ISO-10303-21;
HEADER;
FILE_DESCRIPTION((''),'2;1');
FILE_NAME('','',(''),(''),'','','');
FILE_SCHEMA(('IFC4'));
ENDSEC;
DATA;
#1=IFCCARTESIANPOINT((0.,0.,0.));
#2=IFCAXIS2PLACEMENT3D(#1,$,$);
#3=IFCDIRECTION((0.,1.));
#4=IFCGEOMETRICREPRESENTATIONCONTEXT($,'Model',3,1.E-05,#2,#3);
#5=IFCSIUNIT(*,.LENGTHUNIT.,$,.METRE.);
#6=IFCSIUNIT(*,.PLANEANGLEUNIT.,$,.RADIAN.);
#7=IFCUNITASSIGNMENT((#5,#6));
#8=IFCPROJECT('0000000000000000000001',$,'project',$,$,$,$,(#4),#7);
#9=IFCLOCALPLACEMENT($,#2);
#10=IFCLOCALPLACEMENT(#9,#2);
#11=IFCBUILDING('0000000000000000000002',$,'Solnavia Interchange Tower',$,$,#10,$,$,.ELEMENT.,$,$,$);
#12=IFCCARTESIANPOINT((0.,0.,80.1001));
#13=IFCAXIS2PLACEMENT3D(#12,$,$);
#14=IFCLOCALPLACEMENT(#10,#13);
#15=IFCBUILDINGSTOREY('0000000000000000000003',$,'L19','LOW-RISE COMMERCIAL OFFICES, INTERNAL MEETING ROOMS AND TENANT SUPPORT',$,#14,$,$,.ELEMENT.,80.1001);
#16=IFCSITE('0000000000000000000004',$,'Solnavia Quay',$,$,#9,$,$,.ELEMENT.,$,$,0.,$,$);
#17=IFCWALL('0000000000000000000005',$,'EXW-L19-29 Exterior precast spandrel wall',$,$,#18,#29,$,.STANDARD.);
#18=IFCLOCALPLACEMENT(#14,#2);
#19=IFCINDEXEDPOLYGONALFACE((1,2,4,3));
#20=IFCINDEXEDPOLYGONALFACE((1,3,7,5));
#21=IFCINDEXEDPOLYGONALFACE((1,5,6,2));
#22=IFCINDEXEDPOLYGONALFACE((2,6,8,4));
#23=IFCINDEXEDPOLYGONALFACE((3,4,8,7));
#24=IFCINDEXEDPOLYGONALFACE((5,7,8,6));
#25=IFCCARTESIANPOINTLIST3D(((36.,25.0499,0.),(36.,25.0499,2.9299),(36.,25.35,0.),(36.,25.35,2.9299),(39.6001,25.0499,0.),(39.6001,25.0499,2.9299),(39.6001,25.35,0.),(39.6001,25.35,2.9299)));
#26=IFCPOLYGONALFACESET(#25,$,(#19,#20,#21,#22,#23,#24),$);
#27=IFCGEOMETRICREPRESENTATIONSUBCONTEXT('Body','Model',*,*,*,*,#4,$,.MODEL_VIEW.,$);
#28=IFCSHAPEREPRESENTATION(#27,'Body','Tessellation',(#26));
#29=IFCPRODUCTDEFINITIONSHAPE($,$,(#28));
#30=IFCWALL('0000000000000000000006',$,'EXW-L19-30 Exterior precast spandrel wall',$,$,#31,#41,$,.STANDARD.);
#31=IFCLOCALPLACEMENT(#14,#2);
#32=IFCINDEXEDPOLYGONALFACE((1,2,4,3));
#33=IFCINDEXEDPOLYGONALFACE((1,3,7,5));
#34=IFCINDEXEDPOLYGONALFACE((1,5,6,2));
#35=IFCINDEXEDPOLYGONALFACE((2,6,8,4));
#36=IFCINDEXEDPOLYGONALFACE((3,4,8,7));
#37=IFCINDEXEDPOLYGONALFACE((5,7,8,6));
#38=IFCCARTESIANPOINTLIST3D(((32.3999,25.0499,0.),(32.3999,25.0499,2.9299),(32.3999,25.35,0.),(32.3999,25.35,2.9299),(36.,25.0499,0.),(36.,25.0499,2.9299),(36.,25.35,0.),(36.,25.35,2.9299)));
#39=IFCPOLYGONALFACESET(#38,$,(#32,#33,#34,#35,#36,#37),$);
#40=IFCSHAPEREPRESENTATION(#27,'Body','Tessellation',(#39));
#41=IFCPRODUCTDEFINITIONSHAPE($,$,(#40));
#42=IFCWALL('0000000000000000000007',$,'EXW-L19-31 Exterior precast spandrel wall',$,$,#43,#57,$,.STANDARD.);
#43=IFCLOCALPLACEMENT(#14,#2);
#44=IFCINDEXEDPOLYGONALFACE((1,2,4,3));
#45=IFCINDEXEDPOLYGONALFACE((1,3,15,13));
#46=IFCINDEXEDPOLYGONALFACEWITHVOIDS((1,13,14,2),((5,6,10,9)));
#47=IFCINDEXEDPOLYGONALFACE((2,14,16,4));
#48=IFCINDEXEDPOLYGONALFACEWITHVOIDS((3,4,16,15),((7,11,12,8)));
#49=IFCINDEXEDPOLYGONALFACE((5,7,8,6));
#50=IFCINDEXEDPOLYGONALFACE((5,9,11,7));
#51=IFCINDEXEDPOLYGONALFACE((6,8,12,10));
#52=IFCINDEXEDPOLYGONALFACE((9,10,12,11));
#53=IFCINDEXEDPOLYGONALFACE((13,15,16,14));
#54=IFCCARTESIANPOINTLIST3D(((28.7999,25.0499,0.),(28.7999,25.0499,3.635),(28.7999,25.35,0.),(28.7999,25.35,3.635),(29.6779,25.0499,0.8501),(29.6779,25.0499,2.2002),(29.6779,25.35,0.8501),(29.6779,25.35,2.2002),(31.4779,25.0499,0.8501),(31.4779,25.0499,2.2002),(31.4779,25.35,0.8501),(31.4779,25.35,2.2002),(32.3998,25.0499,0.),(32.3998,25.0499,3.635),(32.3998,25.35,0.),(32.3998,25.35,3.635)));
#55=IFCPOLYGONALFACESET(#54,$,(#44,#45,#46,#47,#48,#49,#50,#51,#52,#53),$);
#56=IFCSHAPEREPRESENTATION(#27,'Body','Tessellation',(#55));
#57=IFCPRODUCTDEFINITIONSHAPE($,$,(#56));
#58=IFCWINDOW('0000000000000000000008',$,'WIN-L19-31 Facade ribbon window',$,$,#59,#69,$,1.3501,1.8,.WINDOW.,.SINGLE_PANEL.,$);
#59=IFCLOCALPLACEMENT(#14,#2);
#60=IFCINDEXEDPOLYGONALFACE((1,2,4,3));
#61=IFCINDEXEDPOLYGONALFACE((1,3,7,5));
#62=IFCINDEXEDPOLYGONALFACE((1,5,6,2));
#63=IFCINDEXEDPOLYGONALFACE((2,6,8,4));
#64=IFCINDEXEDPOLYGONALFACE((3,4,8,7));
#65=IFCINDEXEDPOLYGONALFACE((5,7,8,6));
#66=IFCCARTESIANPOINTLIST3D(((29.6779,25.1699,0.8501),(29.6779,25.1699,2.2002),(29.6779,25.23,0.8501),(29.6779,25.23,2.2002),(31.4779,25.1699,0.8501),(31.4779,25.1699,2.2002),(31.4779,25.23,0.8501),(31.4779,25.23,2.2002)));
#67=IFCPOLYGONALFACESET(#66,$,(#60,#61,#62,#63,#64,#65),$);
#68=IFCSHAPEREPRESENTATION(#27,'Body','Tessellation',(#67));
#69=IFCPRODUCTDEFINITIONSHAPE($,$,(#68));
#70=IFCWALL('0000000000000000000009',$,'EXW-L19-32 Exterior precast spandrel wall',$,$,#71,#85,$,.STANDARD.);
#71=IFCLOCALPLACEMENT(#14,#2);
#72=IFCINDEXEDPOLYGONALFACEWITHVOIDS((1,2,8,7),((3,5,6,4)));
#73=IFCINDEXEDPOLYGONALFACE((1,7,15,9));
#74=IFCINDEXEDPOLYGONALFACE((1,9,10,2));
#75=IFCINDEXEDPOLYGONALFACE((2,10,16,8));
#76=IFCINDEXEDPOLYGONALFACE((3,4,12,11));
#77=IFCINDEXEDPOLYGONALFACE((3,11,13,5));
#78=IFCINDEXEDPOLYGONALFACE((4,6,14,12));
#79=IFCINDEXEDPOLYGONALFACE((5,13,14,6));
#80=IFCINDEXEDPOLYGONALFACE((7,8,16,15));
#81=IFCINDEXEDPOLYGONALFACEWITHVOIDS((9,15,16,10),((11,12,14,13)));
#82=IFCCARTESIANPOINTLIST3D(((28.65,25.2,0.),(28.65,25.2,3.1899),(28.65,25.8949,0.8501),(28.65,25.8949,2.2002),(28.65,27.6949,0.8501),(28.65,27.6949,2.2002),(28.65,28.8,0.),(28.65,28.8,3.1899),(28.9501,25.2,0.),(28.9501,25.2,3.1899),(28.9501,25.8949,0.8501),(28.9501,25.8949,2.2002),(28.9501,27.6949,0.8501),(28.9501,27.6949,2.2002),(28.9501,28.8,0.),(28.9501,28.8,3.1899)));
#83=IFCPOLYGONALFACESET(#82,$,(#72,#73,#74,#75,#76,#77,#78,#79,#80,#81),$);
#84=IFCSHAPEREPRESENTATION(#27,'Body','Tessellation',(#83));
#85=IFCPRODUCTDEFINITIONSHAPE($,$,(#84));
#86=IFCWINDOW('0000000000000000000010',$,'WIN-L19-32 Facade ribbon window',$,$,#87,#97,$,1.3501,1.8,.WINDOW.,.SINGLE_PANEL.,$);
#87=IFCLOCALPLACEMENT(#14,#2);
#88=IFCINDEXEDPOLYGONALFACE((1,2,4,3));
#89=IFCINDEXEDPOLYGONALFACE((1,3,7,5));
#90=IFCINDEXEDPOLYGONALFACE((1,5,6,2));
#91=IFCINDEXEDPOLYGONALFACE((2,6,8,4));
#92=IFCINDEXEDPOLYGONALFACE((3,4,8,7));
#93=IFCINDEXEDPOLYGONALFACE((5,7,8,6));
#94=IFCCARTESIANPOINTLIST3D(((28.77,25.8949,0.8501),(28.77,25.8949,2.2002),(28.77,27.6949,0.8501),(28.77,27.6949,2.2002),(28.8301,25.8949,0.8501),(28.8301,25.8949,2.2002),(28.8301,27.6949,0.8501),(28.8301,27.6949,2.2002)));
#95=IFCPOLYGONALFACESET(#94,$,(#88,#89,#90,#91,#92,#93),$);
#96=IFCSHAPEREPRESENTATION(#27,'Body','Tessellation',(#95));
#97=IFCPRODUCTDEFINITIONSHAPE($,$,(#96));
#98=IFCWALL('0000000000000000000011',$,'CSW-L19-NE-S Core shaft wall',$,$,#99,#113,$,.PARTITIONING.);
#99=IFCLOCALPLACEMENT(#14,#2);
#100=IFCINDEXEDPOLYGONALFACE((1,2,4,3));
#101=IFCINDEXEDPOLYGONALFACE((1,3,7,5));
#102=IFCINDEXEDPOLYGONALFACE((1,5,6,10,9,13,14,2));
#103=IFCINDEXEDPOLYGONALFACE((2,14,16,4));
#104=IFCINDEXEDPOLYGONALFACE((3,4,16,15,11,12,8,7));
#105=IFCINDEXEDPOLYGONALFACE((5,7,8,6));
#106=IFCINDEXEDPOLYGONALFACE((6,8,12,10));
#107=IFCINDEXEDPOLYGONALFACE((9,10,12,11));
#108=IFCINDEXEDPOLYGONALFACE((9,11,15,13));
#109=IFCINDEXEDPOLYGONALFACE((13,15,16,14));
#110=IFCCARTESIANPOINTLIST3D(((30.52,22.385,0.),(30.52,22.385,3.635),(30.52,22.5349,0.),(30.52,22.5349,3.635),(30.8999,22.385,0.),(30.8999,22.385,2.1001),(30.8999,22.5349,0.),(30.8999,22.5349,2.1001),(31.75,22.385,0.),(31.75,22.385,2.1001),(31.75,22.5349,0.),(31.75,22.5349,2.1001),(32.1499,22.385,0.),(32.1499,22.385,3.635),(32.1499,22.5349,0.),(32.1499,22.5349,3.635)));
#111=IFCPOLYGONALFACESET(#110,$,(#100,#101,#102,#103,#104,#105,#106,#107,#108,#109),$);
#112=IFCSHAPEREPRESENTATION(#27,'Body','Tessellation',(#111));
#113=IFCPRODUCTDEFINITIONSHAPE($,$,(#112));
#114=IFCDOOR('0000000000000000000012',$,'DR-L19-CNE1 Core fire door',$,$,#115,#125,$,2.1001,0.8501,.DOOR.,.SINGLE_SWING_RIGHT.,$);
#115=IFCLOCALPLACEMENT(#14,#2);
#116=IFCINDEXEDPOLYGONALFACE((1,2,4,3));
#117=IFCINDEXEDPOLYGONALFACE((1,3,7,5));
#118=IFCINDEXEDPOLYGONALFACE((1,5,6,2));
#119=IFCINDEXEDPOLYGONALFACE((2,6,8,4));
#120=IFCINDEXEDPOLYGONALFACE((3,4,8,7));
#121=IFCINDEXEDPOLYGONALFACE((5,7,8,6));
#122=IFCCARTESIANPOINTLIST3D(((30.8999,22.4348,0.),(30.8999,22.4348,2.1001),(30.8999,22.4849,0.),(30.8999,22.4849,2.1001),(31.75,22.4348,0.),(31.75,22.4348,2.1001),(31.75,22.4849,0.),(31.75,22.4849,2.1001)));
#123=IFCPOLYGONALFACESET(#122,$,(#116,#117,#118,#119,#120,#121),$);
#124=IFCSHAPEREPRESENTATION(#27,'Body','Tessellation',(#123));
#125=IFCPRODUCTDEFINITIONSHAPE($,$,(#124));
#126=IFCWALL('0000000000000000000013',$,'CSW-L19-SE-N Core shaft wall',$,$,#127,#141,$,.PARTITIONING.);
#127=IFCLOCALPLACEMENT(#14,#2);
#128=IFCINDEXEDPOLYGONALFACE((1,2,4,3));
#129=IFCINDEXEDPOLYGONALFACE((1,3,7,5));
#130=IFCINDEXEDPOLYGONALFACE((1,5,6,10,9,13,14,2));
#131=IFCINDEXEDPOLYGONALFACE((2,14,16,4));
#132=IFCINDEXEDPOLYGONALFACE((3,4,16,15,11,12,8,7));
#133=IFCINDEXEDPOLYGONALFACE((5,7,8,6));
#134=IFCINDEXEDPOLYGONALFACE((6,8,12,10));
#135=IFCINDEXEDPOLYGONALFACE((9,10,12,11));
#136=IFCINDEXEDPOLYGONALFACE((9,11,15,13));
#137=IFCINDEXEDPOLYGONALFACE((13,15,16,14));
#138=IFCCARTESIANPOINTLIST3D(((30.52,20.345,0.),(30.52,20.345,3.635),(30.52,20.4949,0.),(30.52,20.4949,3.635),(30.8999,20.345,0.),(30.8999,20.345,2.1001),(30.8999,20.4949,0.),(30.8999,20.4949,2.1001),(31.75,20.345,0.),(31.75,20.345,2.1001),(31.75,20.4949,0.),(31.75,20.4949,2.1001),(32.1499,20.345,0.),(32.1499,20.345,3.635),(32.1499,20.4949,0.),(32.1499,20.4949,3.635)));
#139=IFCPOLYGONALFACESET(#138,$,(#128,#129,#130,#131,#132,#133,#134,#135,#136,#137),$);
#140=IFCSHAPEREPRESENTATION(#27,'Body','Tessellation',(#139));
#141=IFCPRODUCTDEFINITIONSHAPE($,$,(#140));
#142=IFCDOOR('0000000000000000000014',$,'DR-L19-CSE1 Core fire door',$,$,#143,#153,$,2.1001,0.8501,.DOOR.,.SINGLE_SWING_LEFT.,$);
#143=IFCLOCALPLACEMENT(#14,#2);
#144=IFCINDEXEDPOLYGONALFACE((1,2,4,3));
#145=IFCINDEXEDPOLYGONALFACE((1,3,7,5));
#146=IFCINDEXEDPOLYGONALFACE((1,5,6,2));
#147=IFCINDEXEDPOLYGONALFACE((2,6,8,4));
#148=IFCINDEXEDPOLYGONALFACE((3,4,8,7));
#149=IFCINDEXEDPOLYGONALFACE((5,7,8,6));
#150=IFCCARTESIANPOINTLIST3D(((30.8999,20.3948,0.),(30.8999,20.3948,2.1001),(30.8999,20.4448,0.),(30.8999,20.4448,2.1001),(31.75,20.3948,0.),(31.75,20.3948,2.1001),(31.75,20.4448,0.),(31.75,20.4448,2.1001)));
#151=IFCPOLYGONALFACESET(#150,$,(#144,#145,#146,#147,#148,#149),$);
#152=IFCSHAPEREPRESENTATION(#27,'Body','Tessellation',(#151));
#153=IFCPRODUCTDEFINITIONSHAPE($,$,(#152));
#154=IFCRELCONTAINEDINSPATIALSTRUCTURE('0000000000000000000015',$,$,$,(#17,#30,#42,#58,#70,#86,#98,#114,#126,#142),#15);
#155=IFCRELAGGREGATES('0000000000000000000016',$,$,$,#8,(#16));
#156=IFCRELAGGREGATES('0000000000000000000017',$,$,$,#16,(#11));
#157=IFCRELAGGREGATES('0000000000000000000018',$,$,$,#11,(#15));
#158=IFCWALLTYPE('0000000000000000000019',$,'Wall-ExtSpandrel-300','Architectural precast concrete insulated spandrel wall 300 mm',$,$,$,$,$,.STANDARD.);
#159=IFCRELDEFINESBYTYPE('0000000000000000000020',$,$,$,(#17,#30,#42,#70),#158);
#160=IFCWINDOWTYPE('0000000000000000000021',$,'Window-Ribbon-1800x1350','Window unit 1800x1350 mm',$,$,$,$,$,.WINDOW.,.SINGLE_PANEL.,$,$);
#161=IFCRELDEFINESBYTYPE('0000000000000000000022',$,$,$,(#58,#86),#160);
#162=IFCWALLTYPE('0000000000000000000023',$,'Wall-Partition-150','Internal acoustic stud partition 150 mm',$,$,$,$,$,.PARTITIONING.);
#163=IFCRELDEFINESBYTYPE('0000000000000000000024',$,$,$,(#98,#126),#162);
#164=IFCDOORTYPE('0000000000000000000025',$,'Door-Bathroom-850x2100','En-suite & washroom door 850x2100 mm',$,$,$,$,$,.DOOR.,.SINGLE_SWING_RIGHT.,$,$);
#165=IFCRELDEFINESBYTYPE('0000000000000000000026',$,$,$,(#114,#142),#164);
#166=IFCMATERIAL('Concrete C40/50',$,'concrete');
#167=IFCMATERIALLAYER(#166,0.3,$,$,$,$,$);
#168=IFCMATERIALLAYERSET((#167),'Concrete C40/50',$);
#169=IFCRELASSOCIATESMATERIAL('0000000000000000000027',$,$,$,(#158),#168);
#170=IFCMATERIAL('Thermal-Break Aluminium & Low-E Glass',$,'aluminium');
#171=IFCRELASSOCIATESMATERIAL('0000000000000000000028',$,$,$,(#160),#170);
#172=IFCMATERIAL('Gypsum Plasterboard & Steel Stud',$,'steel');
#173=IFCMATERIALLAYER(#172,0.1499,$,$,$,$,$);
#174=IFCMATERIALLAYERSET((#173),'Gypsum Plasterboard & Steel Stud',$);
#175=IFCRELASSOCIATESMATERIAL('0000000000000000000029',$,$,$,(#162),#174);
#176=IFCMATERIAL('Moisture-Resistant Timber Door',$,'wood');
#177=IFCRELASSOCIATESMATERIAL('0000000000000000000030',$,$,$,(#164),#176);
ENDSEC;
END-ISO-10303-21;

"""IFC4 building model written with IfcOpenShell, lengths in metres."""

from ifc_helpers import new_model, si_unit, direction, frame, frame_2d, origin, place, context, subcontext, project, spatial, rectangle, extrude, material, layer, layer_set, type_object, element, fill, save


model = new_model("IFC4")

# Units and contexts
model_context = context("Model", 3, precision=1e-05, world=origin(), true_north=direction((0.0, 1.0)))
body_context = subcontext(model_context, "Body", "Model", "MODEL_VIEW")
ifc_project = project(units=[si_unit("LENGTHUNIT", "METRE"), si_unit("PLANEANGLEUNIT", "RADIAN")], contexts=[model_context])

# Site, building, storey
site_placement = place(None, origin())
site = spatial("IfcSite", under=ifc_project, at=site_placement, Name="Solnavia Quay", CompositionType="ELEMENT", RefElevation=0.0)
building_placement = place(site_placement, origin())
building = spatial("IfcBuilding", under=site, at=building_placement, Name="Solnavia Interchange Tower", CompositionType="ELEMENT")
storey_placement = place(building_placement, frame((0.0, 0.0, 80.1001)))
storey = spatial("IfcBuildingStorey", under=building, at=storey_placement, Name="L19", Description="LOW-RISE COMMERCIAL OFFICES, INTERNAL MEETING ROOMS AND TENANT SUPPORT", CompositionType="ELEMENT", Elevation=80.1001)

# Walls
ifc_material_1 = material(Name="Concrete C40/50", Category="concrete")
ifc_layer_1 = layer(ifc_material_1, 0.3)
ifc_layer_set_1 = layer_set([ifc_layer_1], Name="Concrete C40/50")
wall_type_1 = type_object("IfcWallType", Name="Wall-ExtSpandrel-300", Description="Architectural precast concrete insulated spandrel wall 300 mm", PredefinedType="STANDARD", material=ifc_layer_set_1)
for number, where, z_axis, x_axis, name in (
    (1, (36.0, 25.2, 0.0), (0.0, 0.0, 1.0), (1.0, 0.0, 0.0), "EXW-L19-29 Exterior precast spandrel wall"),
    (2, (32.3999, 25.2, 0.0), (0.0, 0.0, 1.0), (1.0, 0.0, 0.0), "EXW-L19-30 Exterior precast spandrel wall"),
):
    element("IfcWall", number, at=place(storey_placement, frame(where, z_axis=z_axis, x_axis=x_axis)), inside=storey, type_object=wall_type_1, Name=name, PredefinedType="STANDARD", context=body_context, shape_type="SweptSolid", body=[
        extrude(rectangle(XDim=3.6001, YDim=0.3, at=frame_2d((1.8, 0.0))), origin(), (0.0, 0.0, 1.0), 2.9299),
    ])

# Walls, openings, windows
wall_1_placement = place(storey_placement, frame((28.8, 25.2, 0.0), z_axis=(0.0, 0.0, 1.0), x_axis=(1.0, 0.0, 0.0)))
wall_1 = element("IfcWall", 3, at=wall_1_placement, inside=storey, type_object=wall_type_1, Name="EXW-L19-31 Exterior precast spandrel wall", PredefinedType="STANDARD", context=body_context, shape_type="SweptSolid", body=[
    extrude(rectangle(XDim=3.5999, YDim=0.3, at=frame_2d((1.7998, 0.0))), origin(), (0.0, 0.0, 1.0), 3.635),
])
opening_1_placement = place(wall_1_placement, frame((0.8779, 0.0, 0.8501)))
opening_1 = element("IfcOpeningElement", 4, at=opening_1_placement, cuts=wall_1, PredefinedType="OPENING", context=body_context, shape_type="SweptSolid", body=[
    extrude(rectangle(XDim=1.8, YDim=1.3501, at=frame_2d((0.8999, 0.675))), frame((0.0, 0.1602, 0.0), z_axis=(0.0, -1.0, 0.0), x_axis=(1.0, 0.0, 0.0)), (0.0, 0.0, 1.0), 0.3201),
])
ifc_material_2 = material(Name="Thermal-Break Aluminium & Low-E Glass", Category="aluminium")
window_type = type_object("IfcWindowType", Name="Window-Ribbon-1800x1350", Description="Window unit 1800x1350 mm", PartitioningType="SINGLE_PANEL", PredefinedType="WINDOW", material=ifc_material_2)
window_1_placement = place(opening_1_placement, origin())
window_1 = element("IfcWindow", 5, at=window_1_placement, inside=storey, type_object=window_type, Name="WIN-L19-31 Facade ribbon window", OverallHeight=1.3501, OverallWidth=1.8, PartitioningType="SINGLE_PANEL", PredefinedType="WINDOW", context=body_context, shape_type="SweptSolid", body=[
    extrude(rectangle(XDim=1.8, YDim=1.3501, at=frame_2d((0.8999, 0.675))), frame((0.0, 0.03, 0.0), z_axis=(0.0, -1.0, 0.0), x_axis=(1.0, 0.0, 0.0)), (0.0, 0.0, 1.0), 0.0601),
])
fill(opening_1, window_1)
wall_2_placement = place(storey_placement, frame((28.8, 25.2, 0.0), z_axis=(0.0, 0.0, 1.0), x_axis=(0.0, 1.0, 0.0)))
wall_2 = element("IfcWall", 6, at=wall_2_placement, inside=storey, type_object=wall_type_1, Name="EXW-L19-32 Exterior precast spandrel wall", PredefinedType="STANDARD", context=body_context, shape_type="SweptSolid", body=[
    extrude(rectangle(XDim=3.6001, YDim=0.3, at=frame_2d((1.8, 0.0))), origin(), (0.0, 0.0, 1.0), 3.1899),
])
opening_2_placement = place(wall_2_placement, frame((0.6951, 0.0, 0.8501)))
opening_2 = element("IfcOpeningElement", 7, at=opening_2_placement, cuts=wall_2, PredefinedType="OPENING", context=body_context, shape_type="SweptSolid", body=[
    extrude(rectangle(XDim=1.8, YDim=1.3501, at=frame_2d((0.8999, 0.675))), frame((0.0, 0.1602, 0.0), z_axis=(0.0, -1.0, 0.0), x_axis=(1.0, 0.0, 0.0)), (0.0, 0.0, 1.0), 0.3201),
])
window_2_placement = place(opening_2_placement, origin())
window_2 = element("IfcWindow", 8, at=window_2_placement, inside=storey, type_object=window_type, Name="WIN-L19-32 Facade ribbon window", OverallHeight=1.3501, OverallWidth=1.8, PartitioningType="SINGLE_PANEL", PredefinedType="WINDOW", context=body_context, shape_type="SweptSolid", body=[
    extrude(rectangle(XDim=1.8, YDim=1.3501, at=frame_2d((0.8999, 0.675))), frame((0.0, 0.03, 0.0), z_axis=(0.0, -1.0, 0.0), x_axis=(1.0, 0.0, 0.0)), (0.0, 0.0, 1.0), 0.0601),
])
fill(opening_2, window_2)

# Walls, openings, doors
ifc_material_3 = material(Name="Gypsum Plasterboard & Steel Stud", Category="steel")
ifc_layer_2 = layer(ifc_material_3, 0.1499)
ifc_layer_set_2 = layer_set([ifc_layer_2], Name="Gypsum Plasterboard & Steel Stud")
wall_type_2 = type_object("IfcWallType", Name="Wall-Partition-150", Description="Internal acoustic stud partition 150 mm", PredefinedType="PARTITIONING", material=ifc_layer_set_2)
wall_3_placement = place(storey_placement, frame((30.52, 22.46, 0.0), z_axis=(0.0, 0.0, 1.0), x_axis=(1.0, 0.0, 0.0)))
wall_3 = element("IfcWall", 9, at=wall_3_placement, inside=storey, type_object=wall_type_2, Name="CSW-L19-NE-S Core shaft wall", PredefinedType="PARTITIONING", context=body_context, shape_type="SweptSolid", body=[
    extrude(rectangle(XDim=1.6299, YDim=0.1499, at=frame_2d((0.8149, 0.0))), origin(), (0.0, 0.0, 1.0), 3.635),
])
opening_3_placement = place(wall_3_placement, frame((0.3799, 0.0, 0.0)))
opening_3 = element("IfcOpeningElement", 10, at=opening_3_placement, cuts=wall_3, PredefinedType="OPENING", context=body_context, shape_type="SweptSolid", body=[
    extrude(rectangle(XDim=0.8501, YDim=2.1001, at=frame_2d((0.425, 1.05))), frame((0.0, 0.085, 0.0), z_axis=(0.0, -1.0, 0.0), x_axis=(1.0, 0.0, 0.0)), (0.0, 0.0, 1.0), 0.1699),
])
ifc_material_4 = material(Name="Moisture-Resistant Timber Door", Category="wood")
door_type_1 = type_object("IfcDoorType", Name="Door-Bathroom-850x2100", Description="En-suite & washroom door 850x2100 mm", OperationType="SINGLE_SWING_RIGHT", PredefinedType="DOOR", material=ifc_material_4)
door_1_placement = place(opening_3_placement, origin())
door_1 = element("IfcDoor", 11, at=door_1_placement, inside=storey, type_object=door_type_1, Name="DR-L19-CNE1 Core fire door", OperationType="SINGLE_SWING_RIGHT", OverallHeight=2.1001, OverallWidth=0.8501, PredefinedType="DOOR", context=body_context, shape_type="SweptSolid", body=[
    extrude(rectangle(XDim=0.8501, YDim=2.1001, at=frame_2d((0.425, 1.05))), frame((0.0, 0.0249, 0.0), z_axis=(0.0, -1.0, 0.0), x_axis=(1.0, 0.0, 0.0)), (0.0, 0.0, 1.0), 0.05),
])
fill(opening_3, door_1)
wall_4_placement = place(storey_placement, frame((30.52, 20.4199, 0.0), z_axis=(0.0, 0.0, 1.0), x_axis=(1.0, 0.0, 0.0)))
wall_4 = element("IfcWall", 12, at=wall_4_placement, inside=storey, type_object=wall_type_2, Name="CSW-L19-SE-N Core shaft wall", PredefinedType="PARTITIONING", context=body_context, shape_type="SweptSolid", body=[
    extrude(rectangle(XDim=1.6299, YDim=0.1499, at=frame_2d((0.8149, 0.0))), origin(), (0.0, 0.0, 1.0), 3.635),
])
opening_4_placement = place(wall_4_placement, frame((0.3799, 0.0, 0.0)))
opening_4 = element("IfcOpeningElement", 13, at=opening_4_placement, cuts=wall_4, PredefinedType="OPENING", context=body_context, shape_type="SweptSolid", body=[
    extrude(rectangle(XDim=0.8501, YDim=2.1001, at=frame_2d((0.425, 1.05))), frame((0.0, 0.085, 0.0), z_axis=(0.0, -1.0, 0.0), x_axis=(1.0, 0.0, 0.0)), (0.0, 0.0, 1.0), 0.1699),
])
door_2_placement = place(opening_4_placement, origin())
door_2 = element("IfcDoor", 14, at=door_2_placement, inside=storey, type_object=door_type_1, Name="DR-L19-CSE1 Core fire door", OperationType="SINGLE_SWING_LEFT", OverallHeight=2.1001, OverallWidth=0.8501, PredefinedType="DOOR", context=body_context, shape_type="SweptSolid", body=[
    extrude(rectangle(XDim=0.8501, YDim=2.1001, at=frame_2d((0.425, 1.05))), frame((0.0, 0.0249, 0.0), z_axis=(0.0, -1.0, 0.0), x_axis=(1.0, 0.0, 0.0)), (0.0, 0.0, 1.0), 0.05),
])
fill(opening_4, door_2)

save(model, "model.ifc")
